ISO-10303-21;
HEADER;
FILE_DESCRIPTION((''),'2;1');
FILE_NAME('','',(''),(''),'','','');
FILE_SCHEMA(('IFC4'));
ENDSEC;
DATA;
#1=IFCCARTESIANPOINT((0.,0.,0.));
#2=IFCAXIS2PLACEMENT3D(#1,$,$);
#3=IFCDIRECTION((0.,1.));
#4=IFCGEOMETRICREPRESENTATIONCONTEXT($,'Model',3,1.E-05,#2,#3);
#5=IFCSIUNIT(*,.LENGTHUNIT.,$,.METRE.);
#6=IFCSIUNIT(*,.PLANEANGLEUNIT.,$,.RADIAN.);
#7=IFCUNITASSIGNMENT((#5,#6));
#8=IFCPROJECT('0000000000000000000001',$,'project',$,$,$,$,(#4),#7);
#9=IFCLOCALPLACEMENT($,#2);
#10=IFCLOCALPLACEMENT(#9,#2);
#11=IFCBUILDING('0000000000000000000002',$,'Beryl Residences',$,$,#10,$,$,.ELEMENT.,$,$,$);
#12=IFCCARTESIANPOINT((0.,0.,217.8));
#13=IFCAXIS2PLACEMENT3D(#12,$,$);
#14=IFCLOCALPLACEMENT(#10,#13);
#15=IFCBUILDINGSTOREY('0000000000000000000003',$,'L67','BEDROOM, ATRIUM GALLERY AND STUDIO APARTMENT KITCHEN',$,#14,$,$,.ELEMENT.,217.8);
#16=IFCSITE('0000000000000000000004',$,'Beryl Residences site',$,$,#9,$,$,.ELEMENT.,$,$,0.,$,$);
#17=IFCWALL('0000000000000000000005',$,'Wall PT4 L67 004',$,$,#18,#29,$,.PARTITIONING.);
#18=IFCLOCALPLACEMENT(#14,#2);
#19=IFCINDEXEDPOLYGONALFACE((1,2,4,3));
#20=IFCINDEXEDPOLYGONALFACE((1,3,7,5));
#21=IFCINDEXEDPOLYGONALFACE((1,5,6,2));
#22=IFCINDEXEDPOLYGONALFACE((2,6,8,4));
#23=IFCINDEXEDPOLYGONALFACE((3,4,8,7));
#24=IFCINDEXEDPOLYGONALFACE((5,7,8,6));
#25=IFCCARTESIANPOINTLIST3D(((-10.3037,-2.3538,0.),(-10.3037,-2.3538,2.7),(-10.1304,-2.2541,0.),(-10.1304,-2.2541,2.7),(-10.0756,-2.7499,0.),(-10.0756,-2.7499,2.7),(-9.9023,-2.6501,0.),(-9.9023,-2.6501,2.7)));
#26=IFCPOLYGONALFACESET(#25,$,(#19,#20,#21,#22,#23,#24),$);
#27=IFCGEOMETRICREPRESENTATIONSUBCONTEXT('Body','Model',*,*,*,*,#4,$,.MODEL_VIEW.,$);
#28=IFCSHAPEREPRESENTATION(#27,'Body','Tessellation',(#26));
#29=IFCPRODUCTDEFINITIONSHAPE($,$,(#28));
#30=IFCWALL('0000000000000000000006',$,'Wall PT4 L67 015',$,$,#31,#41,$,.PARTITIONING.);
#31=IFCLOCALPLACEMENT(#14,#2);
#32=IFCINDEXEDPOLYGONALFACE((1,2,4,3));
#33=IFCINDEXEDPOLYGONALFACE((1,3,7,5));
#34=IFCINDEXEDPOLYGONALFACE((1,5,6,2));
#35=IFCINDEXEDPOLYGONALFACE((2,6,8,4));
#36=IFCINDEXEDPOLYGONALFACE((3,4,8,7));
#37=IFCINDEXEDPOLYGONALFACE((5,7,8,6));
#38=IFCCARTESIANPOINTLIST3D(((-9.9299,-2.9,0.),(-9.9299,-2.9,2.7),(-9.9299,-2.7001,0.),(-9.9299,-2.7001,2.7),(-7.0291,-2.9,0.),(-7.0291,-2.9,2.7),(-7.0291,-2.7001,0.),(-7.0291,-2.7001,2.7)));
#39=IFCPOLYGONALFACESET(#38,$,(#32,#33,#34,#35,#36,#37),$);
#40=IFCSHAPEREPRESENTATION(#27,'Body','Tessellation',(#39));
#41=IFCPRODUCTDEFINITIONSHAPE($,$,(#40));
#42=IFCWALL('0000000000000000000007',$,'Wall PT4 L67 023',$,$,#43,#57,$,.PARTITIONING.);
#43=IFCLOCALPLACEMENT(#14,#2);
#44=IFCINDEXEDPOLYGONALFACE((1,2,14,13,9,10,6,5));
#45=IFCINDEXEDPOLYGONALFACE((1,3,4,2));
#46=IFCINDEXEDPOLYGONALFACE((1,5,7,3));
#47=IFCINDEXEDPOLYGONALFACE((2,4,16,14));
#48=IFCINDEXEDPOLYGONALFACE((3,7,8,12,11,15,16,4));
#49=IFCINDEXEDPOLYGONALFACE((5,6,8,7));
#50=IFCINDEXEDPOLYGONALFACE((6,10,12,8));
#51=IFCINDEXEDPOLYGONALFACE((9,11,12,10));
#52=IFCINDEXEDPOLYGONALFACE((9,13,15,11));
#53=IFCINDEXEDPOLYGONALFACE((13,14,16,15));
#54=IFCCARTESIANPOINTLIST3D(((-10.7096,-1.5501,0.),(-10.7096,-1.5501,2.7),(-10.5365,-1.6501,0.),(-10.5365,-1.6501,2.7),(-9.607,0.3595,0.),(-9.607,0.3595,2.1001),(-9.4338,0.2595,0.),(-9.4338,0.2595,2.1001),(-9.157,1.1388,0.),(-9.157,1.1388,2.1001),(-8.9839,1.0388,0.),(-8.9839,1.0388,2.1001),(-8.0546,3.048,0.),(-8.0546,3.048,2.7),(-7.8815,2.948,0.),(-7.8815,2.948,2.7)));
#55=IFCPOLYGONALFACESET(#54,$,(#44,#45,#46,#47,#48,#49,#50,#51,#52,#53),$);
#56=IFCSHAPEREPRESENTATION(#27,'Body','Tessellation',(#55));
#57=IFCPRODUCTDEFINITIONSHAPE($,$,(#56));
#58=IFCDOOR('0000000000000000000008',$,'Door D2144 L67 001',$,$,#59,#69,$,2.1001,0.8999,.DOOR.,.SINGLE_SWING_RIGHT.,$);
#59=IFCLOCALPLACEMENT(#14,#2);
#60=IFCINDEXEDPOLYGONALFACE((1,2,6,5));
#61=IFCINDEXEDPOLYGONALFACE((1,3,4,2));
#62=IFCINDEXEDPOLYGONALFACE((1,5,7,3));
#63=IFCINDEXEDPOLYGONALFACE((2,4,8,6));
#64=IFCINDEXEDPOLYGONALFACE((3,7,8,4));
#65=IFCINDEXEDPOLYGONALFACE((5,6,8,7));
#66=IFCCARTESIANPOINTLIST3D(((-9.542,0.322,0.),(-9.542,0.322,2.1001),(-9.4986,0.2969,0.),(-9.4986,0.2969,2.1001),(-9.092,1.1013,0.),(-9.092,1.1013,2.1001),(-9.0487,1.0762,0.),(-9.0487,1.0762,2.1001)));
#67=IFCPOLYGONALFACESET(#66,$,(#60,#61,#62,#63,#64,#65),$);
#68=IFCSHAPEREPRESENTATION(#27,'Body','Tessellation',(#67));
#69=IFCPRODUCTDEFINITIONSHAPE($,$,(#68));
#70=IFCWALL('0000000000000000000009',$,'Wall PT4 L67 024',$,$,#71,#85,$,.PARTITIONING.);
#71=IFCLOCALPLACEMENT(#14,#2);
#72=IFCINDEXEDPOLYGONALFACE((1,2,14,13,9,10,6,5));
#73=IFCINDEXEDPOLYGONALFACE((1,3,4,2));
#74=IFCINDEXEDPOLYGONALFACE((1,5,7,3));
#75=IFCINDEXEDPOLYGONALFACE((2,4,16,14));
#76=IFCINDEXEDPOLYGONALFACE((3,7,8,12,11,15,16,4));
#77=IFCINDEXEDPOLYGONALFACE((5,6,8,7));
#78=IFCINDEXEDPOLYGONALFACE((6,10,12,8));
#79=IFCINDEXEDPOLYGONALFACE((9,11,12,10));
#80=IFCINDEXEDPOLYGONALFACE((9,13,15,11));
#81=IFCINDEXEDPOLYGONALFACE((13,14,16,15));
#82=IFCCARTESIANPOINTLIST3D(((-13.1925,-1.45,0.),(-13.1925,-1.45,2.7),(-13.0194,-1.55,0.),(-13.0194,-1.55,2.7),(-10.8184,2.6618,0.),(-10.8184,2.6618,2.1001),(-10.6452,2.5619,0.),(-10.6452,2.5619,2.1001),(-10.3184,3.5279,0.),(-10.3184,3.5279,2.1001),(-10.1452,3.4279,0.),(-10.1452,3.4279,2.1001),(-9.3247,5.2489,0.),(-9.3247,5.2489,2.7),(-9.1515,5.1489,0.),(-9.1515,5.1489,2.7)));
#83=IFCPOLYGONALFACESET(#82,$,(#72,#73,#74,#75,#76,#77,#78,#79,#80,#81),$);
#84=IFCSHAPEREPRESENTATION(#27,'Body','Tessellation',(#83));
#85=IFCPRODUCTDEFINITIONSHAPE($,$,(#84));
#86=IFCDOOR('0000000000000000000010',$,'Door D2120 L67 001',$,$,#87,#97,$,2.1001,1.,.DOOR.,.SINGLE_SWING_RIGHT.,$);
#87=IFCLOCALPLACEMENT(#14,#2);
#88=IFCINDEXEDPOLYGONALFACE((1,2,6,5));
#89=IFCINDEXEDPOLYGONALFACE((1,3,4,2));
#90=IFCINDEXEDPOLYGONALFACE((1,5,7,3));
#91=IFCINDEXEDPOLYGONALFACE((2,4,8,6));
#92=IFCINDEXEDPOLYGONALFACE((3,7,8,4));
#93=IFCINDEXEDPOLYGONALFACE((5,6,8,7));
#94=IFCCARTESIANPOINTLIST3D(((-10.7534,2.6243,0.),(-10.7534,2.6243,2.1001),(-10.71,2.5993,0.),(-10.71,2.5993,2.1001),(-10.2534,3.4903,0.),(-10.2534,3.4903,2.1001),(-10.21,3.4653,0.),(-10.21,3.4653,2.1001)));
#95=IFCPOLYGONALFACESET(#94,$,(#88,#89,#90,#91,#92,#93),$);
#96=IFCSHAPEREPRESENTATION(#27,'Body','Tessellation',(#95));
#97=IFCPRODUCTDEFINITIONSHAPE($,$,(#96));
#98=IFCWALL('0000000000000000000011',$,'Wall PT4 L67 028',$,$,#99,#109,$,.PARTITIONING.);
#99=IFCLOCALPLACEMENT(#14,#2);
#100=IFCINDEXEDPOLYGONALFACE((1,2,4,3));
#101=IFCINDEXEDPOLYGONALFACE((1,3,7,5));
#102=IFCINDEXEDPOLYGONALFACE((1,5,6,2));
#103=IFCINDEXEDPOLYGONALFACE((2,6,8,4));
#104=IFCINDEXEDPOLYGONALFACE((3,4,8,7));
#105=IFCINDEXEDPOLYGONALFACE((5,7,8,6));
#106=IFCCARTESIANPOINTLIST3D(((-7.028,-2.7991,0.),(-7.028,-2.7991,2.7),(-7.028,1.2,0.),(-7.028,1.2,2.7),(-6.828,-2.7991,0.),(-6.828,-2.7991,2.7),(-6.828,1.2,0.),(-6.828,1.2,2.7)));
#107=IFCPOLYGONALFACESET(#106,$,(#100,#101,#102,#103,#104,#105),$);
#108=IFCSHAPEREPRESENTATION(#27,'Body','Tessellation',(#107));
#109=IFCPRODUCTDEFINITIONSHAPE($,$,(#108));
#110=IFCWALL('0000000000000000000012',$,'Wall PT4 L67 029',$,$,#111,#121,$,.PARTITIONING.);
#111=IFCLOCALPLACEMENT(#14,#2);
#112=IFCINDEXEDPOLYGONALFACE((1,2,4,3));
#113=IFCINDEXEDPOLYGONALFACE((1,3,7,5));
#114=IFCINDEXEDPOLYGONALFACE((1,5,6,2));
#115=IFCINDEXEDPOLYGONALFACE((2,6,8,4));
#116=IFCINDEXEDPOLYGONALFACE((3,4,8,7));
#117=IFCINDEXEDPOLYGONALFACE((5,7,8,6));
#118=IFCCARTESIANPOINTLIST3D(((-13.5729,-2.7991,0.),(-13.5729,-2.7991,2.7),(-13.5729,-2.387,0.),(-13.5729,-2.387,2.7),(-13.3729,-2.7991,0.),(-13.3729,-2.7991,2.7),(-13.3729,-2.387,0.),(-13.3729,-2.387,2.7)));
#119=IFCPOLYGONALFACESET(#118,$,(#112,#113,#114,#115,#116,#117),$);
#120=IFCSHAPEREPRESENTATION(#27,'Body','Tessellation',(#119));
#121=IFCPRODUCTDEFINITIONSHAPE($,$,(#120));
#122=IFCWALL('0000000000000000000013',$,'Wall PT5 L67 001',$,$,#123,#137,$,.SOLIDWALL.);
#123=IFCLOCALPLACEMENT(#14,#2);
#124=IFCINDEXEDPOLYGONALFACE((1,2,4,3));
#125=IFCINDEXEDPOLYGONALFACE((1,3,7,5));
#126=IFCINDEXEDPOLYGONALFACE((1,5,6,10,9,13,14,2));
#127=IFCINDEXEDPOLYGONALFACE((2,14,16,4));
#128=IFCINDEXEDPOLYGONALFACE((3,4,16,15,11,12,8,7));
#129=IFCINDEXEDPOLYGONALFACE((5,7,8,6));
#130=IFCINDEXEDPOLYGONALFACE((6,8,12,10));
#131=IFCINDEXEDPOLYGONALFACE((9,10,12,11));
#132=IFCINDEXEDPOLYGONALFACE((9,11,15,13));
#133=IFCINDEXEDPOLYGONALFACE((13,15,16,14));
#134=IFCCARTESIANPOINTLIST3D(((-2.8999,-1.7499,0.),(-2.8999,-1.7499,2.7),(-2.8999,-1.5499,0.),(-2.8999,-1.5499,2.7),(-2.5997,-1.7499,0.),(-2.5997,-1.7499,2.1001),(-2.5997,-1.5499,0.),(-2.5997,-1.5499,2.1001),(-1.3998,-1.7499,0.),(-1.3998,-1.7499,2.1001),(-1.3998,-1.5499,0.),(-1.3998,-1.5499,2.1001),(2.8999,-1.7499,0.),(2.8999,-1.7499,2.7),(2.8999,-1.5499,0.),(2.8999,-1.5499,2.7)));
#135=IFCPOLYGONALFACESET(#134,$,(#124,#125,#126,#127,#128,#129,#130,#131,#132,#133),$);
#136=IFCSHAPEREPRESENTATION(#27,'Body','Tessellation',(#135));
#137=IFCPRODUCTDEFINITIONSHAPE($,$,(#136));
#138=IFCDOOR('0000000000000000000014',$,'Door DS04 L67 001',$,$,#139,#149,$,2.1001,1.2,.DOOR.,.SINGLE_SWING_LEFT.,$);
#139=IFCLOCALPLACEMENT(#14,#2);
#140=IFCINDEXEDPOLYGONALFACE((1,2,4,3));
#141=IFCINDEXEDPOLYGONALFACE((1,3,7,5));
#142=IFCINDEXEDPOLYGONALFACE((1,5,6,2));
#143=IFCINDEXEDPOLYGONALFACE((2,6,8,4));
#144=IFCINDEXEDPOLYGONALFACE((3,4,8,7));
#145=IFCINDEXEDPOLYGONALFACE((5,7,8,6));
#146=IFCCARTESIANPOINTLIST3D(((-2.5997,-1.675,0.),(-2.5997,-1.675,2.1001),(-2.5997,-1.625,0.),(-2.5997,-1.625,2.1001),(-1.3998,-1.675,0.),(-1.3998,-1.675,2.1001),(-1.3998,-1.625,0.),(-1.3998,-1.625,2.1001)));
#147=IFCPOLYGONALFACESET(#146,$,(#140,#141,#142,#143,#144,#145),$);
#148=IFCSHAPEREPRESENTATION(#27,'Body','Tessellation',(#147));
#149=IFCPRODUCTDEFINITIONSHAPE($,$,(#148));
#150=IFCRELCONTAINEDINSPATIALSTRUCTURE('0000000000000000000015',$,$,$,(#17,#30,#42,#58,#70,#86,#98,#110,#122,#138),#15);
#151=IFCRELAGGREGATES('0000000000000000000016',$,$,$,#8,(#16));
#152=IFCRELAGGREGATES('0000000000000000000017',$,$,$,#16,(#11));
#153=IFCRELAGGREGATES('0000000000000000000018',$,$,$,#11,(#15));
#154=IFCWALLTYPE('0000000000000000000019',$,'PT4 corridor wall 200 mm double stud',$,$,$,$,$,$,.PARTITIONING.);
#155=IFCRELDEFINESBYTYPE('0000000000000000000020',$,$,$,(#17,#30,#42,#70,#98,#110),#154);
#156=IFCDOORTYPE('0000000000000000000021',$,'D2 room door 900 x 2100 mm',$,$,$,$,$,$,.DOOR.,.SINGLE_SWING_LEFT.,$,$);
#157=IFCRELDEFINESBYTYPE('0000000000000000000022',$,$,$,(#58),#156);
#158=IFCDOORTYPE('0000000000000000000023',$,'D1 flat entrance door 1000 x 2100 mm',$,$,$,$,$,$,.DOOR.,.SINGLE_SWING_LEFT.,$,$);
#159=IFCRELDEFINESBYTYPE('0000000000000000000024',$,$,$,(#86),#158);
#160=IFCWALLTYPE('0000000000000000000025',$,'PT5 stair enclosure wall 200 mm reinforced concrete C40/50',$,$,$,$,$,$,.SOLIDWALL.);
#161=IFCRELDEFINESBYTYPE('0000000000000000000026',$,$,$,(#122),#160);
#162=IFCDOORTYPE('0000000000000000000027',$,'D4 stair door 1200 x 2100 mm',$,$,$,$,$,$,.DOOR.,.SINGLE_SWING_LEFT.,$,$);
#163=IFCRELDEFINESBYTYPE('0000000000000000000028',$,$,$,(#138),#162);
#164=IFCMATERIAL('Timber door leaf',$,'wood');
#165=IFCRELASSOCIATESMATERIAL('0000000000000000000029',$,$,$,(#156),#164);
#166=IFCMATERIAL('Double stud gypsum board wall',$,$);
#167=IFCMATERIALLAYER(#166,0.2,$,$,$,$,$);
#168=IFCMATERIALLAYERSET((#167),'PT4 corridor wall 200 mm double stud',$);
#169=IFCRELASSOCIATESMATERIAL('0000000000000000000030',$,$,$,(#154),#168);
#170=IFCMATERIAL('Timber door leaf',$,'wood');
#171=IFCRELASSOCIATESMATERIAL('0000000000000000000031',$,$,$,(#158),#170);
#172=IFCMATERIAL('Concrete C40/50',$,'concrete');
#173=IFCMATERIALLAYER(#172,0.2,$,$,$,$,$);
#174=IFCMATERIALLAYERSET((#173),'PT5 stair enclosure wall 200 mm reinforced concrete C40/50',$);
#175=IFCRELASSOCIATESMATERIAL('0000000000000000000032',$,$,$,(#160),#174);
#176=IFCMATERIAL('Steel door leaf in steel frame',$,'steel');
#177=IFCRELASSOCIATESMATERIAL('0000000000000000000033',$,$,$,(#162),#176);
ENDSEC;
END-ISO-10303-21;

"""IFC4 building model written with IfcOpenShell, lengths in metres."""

from ifc_helpers import new_model, si_unit, direction, frame, frame_2d, origin, place, context, subcontext, project, spatial, rectangle, extrude, material, layer, layer_set, type_object, element, fill, save


model = new_model("IFC4")

# Units and contexts
model_context = context("Model", 3, precision=1e-05, world=origin(), true_north=direction((0.0, 1.0)))
body_context = subcontext(model_context, "Body", "Model", "MODEL_VIEW")
ifc_project = project(units=[si_unit("LENGTHUNIT", "METRE"), si_unit("PLANEANGLEUNIT", "RADIAN")], contexts=[model_context])

# Site, building, storey
site_placement = place(None, origin())
site = spatial("IfcSite", under=ifc_project, at=site_placement, Name="Beryl Residences site", CompositionType="ELEMENT", RefElevation=0.0)
building_placement = place(site_placement, origin())
building = spatial("IfcBuilding", under=site, at=building_placement, Name="Beryl Residences", CompositionType="ELEMENT")
storey_placement = place(building_placement, frame((0.0, 0.0, 217.8)))
storey = spatial("IfcBuildingStorey", under=building, at=storey_placement, Name="L67", Description="BEDROOM, ATRIUM GALLERY AND STUDIO APARTMENT KITCHEN", CompositionType="ELEMENT", Elevation=217.8)

# Shared definitions
ifc_material_1 = material(Name="Timber door leaf", Category="wood")
door_type_1 = type_object("IfcDoorType", Name="D2 room door 900 x 2100 mm", OperationType="SINGLE_SWING_LEFT", PredefinedType="DOOR", material=ifc_material_1)

# Walls
ifc_material_2 = material(Name="Double stud gypsum board wall")
ifc_layer_1 = layer(ifc_material_2, 0.2)
ifc_layer_set_1 = layer_set([ifc_layer_1], Name="PT4 corridor wall 200 mm double stud")
wall_type_1 = type_object("IfcWallType", Name="PT4 corridor wall 200 mm double stud", PredefinedType="PARTITIONING", material=ifc_layer_set_1)
wall_1_placement = place(storey_placement, frame((-10.217, -2.304, 0.0), z_axis=(0.0, 0.0, 1.0), x_axis=(0.499013, -0.866594, 0.0)))
element("IfcWall", 1, at=wall_1_placement, inside=storey, type_object=wall_type_1, Name="Wall PT4 L67 004", PredefinedType="PARTITIONING", context=body_context, shape_type="SweptSolid", body=[
    extrude(rectangle(XDim=0.457, YDim=0.2, at=frame_2d((0.2285, 0.0))), origin(), (0.0, 0.0, 1.0), 2.7),
])
wall_2_placement = place(storey_placement, frame((-9.9299, -2.8, 0.0), z_axis=(0.0, 0.0, 1.0), x_axis=(1.0, 0.0, 0.0)))
element("IfcWall", 2, at=wall_2_placement, inside=storey, type_object=wall_type_1, Name="Wall PT4 L67 015", PredefinedType="PARTITIONING", context=body_context, shape_type="SweptSolid", body=[
    extrude(rectangle(XDim=2.9009, YDim=0.2, at=frame_2d((1.4504, 0.0))), origin(), (0.0, 0.0, 1.0), 2.7),
])

# Walls, openings, doors
wall_3_placement = place(storey_placement, frame((-10.623, -1.6001, 0.0), z_axis=(0.0, 0.0, 1.0), x_axis=(0.500041, 0.866002, 0.0)))
wall_3 = element("IfcWall", 3, at=wall_3_placement, inside=storey, type_object=wall_type_1, Name="Wall PT4 L67 023", PredefinedType="PARTITIONING", context=body_context, shape_type="SweptSolid", body=[
    extrude(rectangle(XDim=5.3096, YDim=0.2, at=frame_2d((2.6548, 0.0))), origin(), (0.0, 0.0, 1.0), 2.7),
])
opening_1_placement = place(wall_3_placement, frame((2.2051, 0.0, 0.0)))
opening_1 = element("IfcOpeningElement", 4, at=opening_1_placement, cuts=wall_3, PredefinedType="OPENING", context=body_context, shape_type="SweptSolid", body=[
    extrude(rectangle(XDim=0.8999, YDim=2.1001, at=frame_2d((0.45, 1.05))), frame((0.0, 0.1099, 0.0), z_axis=(0.0, -1.0, 0.0), x_axis=(1.0, 0.0, 0.0)), (0.0, 0.0, 1.0), 0.22),
])
door_1_placement = place(opening_1_placement, origin())
door_1 = element("IfcDoor", 5, at=door_1_placement, inside=storey, type_object=door_type_1, Name="Door D2144 L67 001", OperationType="SINGLE_SWING_RIGHT", OverallHeight=2.1001, OverallWidth=0.8999, PredefinedType="DOOR", context=body_context, shape_type="SweptSolid", body=[
    extrude(rectangle(XDim=0.8999, YDim=2.1001, at=frame_2d((0.45, 1.05))), frame((0.0, 0.0249, 0.0), z_axis=(0.0, -1.0, 0.0), x_axis=(1.0, 0.0, 0.0)), (0.0, 0.0, 1.0), 0.05),
])
fill(opening_1, door_1)
wall_4_placement = place(storey_placement, frame((-13.106, -1.5, 0.0), z_axis=(0.0, 0.0, 1.0), x_axis=(0.500026, 0.866011, 0.0)))
wall_4 = element("IfcWall", 6, at=wall_4_placement, inside=storey, type_object=wall_type_1, Name="Wall PT4 L67 024", PredefinedType="PARTITIONING", context=body_context, shape_type="SweptSolid", body=[
    extrude(rectangle(XDim=7.7354, YDim=0.2, at=frame_2d((3.8677, 0.0))), origin(), (0.0, 0.0, 1.0), 2.7),
])
opening_2_placement = place(wall_4_placement, frame((4.748, 0.0, 0.0)))
opening_2 = element("IfcOpeningElement", 7, at=opening_2_placement, cuts=wall_4, PredefinedType="OPENING", context=body_context, shape_type="SweptSolid", body=[
    extrude(rectangle(XDim=1.0, YDim=2.1001, at=frame_2d((0.5, 1.05))), frame((0.0, 0.1099, 0.0), z_axis=(0.0, -1.0, 0.0), x_axis=(1.0, 0.0, 0.0)), (0.0, 0.0, 1.0), 0.22),
])
ifc_material_3 = material(Name="Timber door leaf", Category="wood")
door_type_2 = type_object("IfcDoorType", Name="D1 flat entrance door 1000 x 2100 mm", OperationType="SINGLE_SWING_LEFT", PredefinedType="DOOR", material=ifc_material_3)
door_2_placement = place(opening_2_placement, origin())
door_2 = element("IfcDoor", 8, at=door_2_placement, inside=storey, type_object=door_type_2, Name="Door D2120 L67 001", OperationType="SINGLE_SWING_RIGHT", OverallHeight=2.1001, OverallWidth=1.0, PredefinedType="DOOR", context=body_context, shape_type="SweptSolid", body=[
    extrude(rectangle(XDim=1.0, YDim=2.1001, at=frame_2d((0.5, 1.05))), frame((0.0, 0.0249, 0.0), z_axis=(0.0, -1.0, 0.0), x_axis=(1.0, 0.0, 0.0)), (0.0, 0.0, 1.0), 0.05),
])
fill(opening_2, door_2)

# Walls
wall_5_placement = place(storey_placement, frame((-6.928, -2.7991, 0.0), z_axis=(0.0, 0.0, 1.0), x_axis=(0.0, 1.0, 0.0)))
element("IfcWall", 9, at=wall_5_placement, inside=storey, type_object=wall_type_1, Name="Wall PT4 L67 028", PredefinedType="PARTITIONING", context=body_context, shape_type="SweptSolid", body=[
    extrude(rectangle(XDim=3.999, YDim=0.2, at=frame_2d((1.9995, 0.0))), origin(), (0.0, 0.0, 1.0), 2.7),
])
wall_6_placement = place(storey_placement, frame((-13.4729, -2.7991, 0.0), z_axis=(0.0, 0.0, 1.0), x_axis=(0.0, 1.0, 0.0)))
element("IfcWall", 10, at=wall_6_placement, inside=storey, type_object=wall_type_1, Name="Wall PT4 L67 029", PredefinedType="PARTITIONING", context=body_context, shape_type="SweptSolid", body=[
    extrude(rectangle(XDim=0.4121, YDim=0.2, at=frame_2d((0.2061, 0.0))), origin(), (0.0, 0.0, 1.0), 2.7),
])

# Wall, opening, door
ifc_material_4 = material(Name="Concrete C40/50", Category="concrete")
ifc_layer_2 = layer(ifc_material_4, 0.2)
ifc_layer_set_2 = layer_set([ifc_layer_2], Name="PT5 stair enclosure wall 200 mm reinforced concrete C40/50")
wall_type_2 = type_object("IfcWallType", Name="PT5 stair enclosure wall 200 mm reinforced concrete C40/50", PredefinedType="SOLIDWALL", material=ifc_layer_set_2)
wall_7_placement = place(storey_placement, frame((-2.8999, -1.6499, 0.0), z_axis=(0.0, 0.0, 1.0), x_axis=(1.0, 0.0, 0.0)))
wall_7 = element("IfcWall", 11, at=wall_7_placement, inside=storey, type_object=wall_type_2, Name="Wall PT5 L67 001", PredefinedType="SOLIDWALL", context=body_context, shape_type="SweptSolid", body=[
    extrude(rectangle(XDim=5.7998, YDim=0.2, at=frame_2d((2.8999, 0.0))), origin(), (0.0, 0.0, 1.0), 2.7),
])
opening_3_placement = place(wall_7_placement, frame((0.3, 0.0, 0.0)))
opening_3 = element("IfcOpeningElement", 12, at=opening_3_placement, cuts=wall_7, PredefinedType="OPENING", context=body_context, shape_type="SweptSolid", body=[
    extrude(rectangle(XDim=1.2, YDim=2.1001, at=frame_2d((0.6001, 1.05))), frame((0.0, 0.1099, 0.0), z_axis=(0.0, -1.0, 0.0), x_axis=(1.0, 0.0, 0.0)), (0.0, 0.0, 1.0), 0.22),
])
ifc_material_5 = material(Name="Steel door leaf in steel frame", Category="steel")
door_type_3 = type_object("IfcDoorType", Name="D4 stair door 1200 x 2100 mm", OperationType="SINGLE_SWING_LEFT", PredefinedType="DOOR", material=ifc_material_5)
door_3_placement = place(opening_3_placement, origin())
door_3 = element("IfcDoor", 13, at=door_3_placement, inside=storey, type_object=door_type_3, Name="Door DS04 L67 001", OperationType="SINGLE_SWING_LEFT", OverallHeight=2.1001, OverallWidth=1.2, PredefinedType="DOOR", context=body_context, shape_type="SweptSolid", body=[
    extrude(rectangle(XDim=1.2, YDim=2.1001, at=frame_2d((0.6001, 1.05))), frame((0.0, 0.0249, 0.0), z_axis=(0.0, -1.0, 0.0), x_axis=(1.0, 0.0, 0.0)), (0.0, 0.0, 1.0), 0.05),
])
fill(opening_3, door_3)

save(model, "model.ifc")
